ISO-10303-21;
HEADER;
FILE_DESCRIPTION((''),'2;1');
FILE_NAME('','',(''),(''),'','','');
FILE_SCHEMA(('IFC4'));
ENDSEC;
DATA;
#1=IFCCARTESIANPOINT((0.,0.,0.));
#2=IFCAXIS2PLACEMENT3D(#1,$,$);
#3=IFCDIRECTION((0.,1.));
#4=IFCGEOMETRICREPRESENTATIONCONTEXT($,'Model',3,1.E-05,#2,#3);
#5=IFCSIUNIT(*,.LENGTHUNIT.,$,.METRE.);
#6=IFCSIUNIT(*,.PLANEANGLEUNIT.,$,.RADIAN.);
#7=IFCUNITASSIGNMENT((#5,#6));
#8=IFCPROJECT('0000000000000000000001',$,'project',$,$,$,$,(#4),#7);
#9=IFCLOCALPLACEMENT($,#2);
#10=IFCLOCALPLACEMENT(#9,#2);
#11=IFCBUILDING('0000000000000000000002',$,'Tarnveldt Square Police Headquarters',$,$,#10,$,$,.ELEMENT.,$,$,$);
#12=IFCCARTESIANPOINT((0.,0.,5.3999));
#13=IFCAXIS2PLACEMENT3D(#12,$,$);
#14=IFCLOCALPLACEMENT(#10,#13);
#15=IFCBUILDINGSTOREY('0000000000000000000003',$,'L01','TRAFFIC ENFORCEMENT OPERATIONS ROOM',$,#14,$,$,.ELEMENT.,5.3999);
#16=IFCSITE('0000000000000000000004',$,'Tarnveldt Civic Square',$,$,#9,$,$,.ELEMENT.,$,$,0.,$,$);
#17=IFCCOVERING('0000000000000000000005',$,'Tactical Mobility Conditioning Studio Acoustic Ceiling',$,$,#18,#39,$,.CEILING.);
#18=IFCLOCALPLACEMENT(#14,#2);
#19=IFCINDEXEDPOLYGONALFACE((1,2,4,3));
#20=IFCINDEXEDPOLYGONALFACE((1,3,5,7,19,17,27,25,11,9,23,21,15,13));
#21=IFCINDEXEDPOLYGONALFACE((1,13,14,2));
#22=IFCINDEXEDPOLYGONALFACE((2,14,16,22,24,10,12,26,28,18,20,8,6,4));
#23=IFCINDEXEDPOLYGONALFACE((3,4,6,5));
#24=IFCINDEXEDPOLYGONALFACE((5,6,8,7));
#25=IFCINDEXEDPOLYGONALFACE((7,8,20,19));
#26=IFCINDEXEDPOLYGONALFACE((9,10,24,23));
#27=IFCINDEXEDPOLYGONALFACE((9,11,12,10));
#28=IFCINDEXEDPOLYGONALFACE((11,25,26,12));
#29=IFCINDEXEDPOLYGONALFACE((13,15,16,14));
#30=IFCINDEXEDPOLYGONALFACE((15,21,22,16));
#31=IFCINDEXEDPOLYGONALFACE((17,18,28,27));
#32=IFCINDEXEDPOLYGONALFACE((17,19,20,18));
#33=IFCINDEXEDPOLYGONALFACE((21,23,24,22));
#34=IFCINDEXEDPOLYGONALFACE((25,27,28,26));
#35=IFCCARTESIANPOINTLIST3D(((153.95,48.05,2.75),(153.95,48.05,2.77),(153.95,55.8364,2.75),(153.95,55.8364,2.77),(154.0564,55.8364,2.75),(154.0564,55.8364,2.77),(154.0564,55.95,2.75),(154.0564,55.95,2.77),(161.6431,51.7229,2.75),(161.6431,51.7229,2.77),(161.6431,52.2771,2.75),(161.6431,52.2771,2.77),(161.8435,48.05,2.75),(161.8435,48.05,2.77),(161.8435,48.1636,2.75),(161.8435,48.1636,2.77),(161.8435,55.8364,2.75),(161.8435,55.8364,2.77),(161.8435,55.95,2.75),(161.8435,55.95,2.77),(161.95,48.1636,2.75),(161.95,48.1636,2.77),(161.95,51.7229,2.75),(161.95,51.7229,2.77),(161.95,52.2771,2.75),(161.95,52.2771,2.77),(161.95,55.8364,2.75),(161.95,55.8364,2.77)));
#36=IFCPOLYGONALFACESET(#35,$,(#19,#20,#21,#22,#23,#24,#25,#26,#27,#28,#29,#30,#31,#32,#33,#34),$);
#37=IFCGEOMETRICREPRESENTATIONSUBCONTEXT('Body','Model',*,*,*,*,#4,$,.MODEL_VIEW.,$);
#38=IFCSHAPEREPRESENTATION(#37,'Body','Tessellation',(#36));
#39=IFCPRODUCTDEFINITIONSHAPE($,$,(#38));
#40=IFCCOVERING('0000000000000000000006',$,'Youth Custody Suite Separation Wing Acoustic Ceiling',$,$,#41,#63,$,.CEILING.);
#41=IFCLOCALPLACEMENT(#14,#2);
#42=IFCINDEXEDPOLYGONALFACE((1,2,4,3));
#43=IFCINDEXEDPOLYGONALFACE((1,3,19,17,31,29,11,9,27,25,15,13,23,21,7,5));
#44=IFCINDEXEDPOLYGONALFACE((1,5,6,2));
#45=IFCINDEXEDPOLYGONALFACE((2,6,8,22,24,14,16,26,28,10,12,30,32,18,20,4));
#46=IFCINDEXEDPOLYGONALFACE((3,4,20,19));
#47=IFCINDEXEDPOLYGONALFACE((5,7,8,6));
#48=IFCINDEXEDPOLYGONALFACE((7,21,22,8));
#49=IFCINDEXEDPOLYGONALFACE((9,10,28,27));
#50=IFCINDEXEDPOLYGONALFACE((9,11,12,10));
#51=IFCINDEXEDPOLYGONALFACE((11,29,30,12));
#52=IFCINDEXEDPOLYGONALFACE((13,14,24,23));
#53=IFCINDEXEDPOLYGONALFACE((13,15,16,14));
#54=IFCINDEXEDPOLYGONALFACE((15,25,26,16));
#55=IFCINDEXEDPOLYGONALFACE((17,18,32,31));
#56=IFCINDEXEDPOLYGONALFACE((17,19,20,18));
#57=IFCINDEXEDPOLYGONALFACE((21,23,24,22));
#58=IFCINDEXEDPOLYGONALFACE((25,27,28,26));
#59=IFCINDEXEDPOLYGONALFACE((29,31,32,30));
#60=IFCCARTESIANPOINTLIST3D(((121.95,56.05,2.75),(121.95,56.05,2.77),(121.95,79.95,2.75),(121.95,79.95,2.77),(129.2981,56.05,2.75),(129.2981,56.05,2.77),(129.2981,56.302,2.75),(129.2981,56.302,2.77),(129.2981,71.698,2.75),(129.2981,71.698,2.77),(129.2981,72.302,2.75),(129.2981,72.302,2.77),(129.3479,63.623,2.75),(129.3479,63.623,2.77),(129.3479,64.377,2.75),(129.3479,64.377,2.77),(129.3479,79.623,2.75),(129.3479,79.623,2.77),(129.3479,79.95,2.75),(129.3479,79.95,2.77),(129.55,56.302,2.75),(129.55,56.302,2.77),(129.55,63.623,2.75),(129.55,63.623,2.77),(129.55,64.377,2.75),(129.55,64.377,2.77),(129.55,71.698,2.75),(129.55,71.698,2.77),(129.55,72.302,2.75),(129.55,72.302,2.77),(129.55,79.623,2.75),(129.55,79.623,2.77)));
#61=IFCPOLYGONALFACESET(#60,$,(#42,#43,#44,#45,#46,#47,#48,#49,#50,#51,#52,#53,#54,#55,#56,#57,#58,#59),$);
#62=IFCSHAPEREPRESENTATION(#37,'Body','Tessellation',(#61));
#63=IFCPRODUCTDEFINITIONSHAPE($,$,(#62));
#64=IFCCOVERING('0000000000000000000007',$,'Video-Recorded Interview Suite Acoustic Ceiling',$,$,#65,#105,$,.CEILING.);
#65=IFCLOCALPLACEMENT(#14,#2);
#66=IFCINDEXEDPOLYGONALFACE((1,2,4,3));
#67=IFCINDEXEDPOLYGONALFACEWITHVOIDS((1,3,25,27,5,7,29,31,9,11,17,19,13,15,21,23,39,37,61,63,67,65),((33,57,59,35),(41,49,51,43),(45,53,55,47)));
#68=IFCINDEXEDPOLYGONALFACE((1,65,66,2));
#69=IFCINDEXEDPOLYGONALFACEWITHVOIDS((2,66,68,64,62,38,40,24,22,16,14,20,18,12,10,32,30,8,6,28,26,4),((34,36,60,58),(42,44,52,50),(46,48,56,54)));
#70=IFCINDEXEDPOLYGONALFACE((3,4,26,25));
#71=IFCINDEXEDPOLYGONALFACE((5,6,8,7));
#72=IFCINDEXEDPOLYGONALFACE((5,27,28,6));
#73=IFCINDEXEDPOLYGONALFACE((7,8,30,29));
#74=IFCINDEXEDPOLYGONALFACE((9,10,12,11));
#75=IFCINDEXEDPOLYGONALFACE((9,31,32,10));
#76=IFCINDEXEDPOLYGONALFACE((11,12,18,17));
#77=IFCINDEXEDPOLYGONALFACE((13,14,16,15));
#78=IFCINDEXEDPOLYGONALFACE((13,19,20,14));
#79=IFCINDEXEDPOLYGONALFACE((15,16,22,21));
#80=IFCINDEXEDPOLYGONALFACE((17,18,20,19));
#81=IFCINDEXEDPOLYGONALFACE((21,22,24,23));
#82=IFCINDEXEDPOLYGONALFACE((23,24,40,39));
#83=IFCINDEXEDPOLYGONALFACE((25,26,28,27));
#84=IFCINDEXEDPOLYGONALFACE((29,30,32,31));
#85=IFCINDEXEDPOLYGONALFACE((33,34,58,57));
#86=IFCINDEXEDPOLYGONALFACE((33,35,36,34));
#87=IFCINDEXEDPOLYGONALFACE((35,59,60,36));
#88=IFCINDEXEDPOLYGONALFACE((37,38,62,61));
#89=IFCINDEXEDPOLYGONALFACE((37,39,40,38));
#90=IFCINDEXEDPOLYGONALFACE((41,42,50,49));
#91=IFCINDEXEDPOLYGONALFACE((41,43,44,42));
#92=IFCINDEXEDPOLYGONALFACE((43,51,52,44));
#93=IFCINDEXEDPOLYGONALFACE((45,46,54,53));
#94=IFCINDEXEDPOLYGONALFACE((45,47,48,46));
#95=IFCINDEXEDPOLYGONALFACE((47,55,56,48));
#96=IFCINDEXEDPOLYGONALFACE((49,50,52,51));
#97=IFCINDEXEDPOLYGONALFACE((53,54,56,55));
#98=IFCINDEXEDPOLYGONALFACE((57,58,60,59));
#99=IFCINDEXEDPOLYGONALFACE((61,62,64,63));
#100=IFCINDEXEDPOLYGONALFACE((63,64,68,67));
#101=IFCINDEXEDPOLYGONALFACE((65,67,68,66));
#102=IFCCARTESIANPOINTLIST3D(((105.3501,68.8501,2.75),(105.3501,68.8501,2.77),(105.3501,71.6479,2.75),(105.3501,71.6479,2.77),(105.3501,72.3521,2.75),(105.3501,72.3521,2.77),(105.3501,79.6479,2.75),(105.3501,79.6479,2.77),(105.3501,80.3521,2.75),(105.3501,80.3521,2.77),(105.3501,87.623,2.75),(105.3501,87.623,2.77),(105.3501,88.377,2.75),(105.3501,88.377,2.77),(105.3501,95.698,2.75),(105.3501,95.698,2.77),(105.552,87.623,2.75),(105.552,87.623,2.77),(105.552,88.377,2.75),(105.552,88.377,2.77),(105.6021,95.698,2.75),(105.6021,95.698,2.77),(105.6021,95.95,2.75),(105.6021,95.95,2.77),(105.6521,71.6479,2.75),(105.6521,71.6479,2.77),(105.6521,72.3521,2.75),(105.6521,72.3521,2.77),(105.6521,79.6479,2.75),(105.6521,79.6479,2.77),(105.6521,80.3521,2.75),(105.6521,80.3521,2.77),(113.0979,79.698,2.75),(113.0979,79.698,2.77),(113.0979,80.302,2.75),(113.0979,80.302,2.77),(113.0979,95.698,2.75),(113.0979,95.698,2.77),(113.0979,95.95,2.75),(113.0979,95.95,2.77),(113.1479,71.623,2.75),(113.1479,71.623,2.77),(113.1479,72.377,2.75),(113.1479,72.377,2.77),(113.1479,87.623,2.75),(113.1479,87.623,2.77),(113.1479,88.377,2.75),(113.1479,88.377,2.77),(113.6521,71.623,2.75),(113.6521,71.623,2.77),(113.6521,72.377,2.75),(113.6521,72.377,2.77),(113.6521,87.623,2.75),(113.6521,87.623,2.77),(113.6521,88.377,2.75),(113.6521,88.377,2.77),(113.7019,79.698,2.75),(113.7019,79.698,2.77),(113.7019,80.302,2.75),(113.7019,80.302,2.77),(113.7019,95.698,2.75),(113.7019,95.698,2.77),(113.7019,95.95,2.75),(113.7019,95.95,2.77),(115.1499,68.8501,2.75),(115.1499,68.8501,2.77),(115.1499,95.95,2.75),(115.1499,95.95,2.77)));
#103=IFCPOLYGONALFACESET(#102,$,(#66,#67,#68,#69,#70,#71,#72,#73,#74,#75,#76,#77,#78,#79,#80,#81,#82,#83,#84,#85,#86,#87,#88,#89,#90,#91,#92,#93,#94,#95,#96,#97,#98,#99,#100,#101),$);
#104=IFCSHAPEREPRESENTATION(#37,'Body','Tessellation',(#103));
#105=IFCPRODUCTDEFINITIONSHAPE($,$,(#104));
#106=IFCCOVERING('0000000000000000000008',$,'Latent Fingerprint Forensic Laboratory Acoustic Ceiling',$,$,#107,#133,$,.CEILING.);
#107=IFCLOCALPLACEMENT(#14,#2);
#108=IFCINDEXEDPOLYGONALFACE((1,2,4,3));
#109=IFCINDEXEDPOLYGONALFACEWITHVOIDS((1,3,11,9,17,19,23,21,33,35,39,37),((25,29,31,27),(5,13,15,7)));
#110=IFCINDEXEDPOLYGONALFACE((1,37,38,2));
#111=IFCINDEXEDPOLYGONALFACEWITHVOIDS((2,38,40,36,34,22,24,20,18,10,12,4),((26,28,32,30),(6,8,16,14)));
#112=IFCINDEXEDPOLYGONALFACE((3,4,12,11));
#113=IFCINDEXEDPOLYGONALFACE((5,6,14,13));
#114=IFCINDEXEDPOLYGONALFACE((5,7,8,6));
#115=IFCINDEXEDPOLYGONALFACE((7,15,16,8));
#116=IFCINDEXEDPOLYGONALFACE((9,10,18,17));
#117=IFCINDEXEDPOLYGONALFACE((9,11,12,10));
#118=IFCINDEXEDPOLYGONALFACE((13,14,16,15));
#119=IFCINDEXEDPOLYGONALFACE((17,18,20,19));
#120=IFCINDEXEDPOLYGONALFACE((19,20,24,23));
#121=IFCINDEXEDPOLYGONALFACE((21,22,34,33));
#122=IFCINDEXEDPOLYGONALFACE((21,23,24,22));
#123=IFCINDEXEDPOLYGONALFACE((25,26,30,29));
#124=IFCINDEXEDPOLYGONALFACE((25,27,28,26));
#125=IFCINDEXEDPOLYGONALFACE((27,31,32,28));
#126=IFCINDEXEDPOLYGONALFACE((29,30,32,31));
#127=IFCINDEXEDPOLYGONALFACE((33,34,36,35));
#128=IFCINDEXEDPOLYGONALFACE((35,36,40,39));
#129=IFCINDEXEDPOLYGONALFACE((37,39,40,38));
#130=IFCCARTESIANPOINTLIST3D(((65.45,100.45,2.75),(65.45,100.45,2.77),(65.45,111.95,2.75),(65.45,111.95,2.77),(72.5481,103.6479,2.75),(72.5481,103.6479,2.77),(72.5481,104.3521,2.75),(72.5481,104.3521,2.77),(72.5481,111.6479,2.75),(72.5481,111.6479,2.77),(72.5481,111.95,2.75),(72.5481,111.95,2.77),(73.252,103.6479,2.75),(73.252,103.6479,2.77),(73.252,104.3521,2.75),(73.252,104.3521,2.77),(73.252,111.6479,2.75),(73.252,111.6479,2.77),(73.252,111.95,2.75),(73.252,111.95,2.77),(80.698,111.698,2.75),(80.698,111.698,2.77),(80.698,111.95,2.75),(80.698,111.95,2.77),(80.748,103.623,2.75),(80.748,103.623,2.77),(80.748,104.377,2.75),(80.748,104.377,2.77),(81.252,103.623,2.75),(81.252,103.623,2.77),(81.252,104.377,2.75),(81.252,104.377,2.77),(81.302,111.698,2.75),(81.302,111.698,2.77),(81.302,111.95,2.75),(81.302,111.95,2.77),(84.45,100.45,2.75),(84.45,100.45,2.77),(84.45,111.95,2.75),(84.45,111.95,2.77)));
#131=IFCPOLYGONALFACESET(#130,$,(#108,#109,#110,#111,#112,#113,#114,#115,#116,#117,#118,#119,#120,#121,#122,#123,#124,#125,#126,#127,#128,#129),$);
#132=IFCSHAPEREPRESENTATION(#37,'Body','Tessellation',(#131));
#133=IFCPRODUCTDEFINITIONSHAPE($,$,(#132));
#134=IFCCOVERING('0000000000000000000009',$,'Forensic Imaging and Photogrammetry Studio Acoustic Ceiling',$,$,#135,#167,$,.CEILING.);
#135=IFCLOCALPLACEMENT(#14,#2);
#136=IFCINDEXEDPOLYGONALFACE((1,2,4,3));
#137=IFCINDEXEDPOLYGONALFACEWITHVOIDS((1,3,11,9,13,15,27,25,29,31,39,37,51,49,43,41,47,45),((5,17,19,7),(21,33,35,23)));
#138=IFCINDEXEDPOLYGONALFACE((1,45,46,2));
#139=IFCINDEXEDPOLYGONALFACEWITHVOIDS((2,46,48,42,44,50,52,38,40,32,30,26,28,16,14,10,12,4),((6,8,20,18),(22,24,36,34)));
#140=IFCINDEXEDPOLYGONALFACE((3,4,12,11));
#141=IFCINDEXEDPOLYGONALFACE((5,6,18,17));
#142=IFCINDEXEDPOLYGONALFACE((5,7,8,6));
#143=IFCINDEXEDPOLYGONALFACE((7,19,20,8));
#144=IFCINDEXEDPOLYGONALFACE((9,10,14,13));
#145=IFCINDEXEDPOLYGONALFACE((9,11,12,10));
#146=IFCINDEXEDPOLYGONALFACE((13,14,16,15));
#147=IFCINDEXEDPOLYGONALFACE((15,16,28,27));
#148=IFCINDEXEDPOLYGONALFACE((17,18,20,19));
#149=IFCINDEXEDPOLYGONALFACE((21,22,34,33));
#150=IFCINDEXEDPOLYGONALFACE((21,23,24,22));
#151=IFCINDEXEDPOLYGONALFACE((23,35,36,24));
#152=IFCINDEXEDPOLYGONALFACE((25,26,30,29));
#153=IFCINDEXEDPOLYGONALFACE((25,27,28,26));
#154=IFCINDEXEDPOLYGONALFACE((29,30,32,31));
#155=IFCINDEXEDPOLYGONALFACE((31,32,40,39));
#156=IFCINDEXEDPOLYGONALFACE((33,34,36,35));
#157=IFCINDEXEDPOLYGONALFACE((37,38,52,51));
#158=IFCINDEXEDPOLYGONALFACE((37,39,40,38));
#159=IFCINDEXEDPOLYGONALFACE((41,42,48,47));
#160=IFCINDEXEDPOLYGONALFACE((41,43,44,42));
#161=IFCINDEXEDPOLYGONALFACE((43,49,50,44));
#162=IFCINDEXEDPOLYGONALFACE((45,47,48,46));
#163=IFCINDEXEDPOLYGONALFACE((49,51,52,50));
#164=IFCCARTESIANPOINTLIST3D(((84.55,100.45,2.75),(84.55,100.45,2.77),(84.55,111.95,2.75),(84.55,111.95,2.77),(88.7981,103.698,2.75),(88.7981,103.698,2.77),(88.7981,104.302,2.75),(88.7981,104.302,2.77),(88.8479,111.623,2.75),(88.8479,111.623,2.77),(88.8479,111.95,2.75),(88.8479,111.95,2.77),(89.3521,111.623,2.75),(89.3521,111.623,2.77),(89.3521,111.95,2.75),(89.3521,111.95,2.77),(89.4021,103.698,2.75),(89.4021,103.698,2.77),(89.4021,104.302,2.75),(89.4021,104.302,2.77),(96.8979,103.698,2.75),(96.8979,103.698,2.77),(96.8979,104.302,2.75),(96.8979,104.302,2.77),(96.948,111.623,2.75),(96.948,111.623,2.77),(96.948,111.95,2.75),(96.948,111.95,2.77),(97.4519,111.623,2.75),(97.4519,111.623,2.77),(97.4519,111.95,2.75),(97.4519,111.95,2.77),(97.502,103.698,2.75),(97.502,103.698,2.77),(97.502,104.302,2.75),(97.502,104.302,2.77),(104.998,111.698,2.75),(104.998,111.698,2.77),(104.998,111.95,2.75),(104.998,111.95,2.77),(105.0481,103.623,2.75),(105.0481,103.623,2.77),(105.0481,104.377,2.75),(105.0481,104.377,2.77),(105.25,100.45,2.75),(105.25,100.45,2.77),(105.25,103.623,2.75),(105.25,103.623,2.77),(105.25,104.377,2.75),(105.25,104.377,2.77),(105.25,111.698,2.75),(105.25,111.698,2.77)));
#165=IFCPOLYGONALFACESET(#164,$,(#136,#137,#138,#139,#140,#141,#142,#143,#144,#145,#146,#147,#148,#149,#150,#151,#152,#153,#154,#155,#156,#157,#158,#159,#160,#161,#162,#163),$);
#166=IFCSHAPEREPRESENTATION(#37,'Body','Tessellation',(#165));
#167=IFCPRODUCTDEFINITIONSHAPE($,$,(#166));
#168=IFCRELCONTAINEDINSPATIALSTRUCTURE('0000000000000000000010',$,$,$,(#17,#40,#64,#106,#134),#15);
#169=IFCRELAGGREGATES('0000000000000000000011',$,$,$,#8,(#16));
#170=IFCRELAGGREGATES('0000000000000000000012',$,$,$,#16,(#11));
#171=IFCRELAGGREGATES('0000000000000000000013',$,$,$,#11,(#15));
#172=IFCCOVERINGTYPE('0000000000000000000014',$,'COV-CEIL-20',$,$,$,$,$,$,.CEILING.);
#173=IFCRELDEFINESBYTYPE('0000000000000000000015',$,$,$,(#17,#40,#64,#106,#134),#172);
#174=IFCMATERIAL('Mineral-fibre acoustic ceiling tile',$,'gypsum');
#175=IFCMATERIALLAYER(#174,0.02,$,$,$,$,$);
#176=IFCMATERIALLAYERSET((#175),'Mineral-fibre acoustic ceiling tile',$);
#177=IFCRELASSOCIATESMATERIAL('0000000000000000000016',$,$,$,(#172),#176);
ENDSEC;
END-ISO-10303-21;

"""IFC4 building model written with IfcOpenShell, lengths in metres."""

from ifc_helpers import new_model, si_unit, direction, frame, origin, place, context, subcontext, project, spatial, polyline, outline, extrude, material, layer, layer_set, type_object, element, save


model = new_model("IFC4")

# Units and contexts
model_context = context("Model", 3, precision=1e-05, world=origin(), true_north=direction((0.0, 1.0)))
body_context = subcontext(model_context, "Body", "Model", "MODEL_VIEW")
ifc_project = project(units=[si_unit("LENGTHUNIT", "METRE"), si_unit("PLANEANGLEUNIT", "RADIAN")], contexts=[model_context])

# Site, building, storey
site_placement = place(None, origin())
site = spatial("IfcSite", under=ifc_project, at=site_placement, Name="Tarnveldt Civic Square", CompositionType="ELEMENT", RefElevation=0.0)
building_placement = place(site_placement, origin())
building = spatial("IfcBuilding", under=site, at=building_placement, Name="Tarnveldt Square Police Headquarters", CompositionType="ELEMENT")
storey_placement = place(building_placement, frame((0.0, 0.0, 5.3999)))
storey = spatial("IfcBuildingStorey", under=building, at=storey_placement, Name="L01", Description="TRAFFIC ENFORCEMENT OPERATIONS ROOM", CompositionType="ELEMENT", Elevation=5.3999)

# Coverings
ifc_material_1 = material(Name="Mineral-fibre acoustic ceiling tile", Category="gypsum")
ifc_layer_1 = layer(ifc_material_1, 0.02)
ifc_layer_set_1 = layer_set([ifc_layer_1], Name="Mineral-fibre acoustic ceiling tile")
covering_type_1 = type_object("IfcCoveringType", Name="COV-CEIL-20", PredefinedType="CEILING", material=ifc_layer_set_1)
covering_1_placement = place(storey_placement, frame((0.0, 0.0, 2.75)))
element("IfcCovering", 1, at=covering_1_placement, inside=storey, type_object=covering_type_1, Name="Tactical Mobility Conditioning Studio Acoustic Ceiling", PredefinedType="CEILING", context=body_context, shape_type="SweptSolid", body=[
    extrude(outline(polyline([(161.95, 48.1636), (161.8435, 48.1636), (161.8435, 48.05), (153.95, 48.05), (153.95, 55.8364), (154.0564, 55.8364), (154.0564, 55.95), (161.8435, 55.95), (161.8435, 55.8364), (161.95, 55.8364), (161.95, 52.2771), (161.6431, 52.2771), (161.6431, 51.7229), (161.95, 51.7229), (161.95, 48.1636)])), origin(), (0.0, 0.0, 1.0), 0.02),
])
covering_2_placement = place(storey_placement, frame((0.0, 0.0, 2.75)))
element("IfcCovering", 2, at=covering_2_placement, inside=storey, type_object=covering_type_1, Name="Youth Custody Suite Separation Wing Acoustic Ceiling", PredefinedType="CEILING", context=body_context, shape_type="SweptSolid", body=[
    extrude(outline(polyline([(129.55, 56.302), (129.2981, 56.302), (129.2981, 56.05), (121.95, 56.05), (121.95, 79.95), (129.3479, 79.95), (129.3479, 79.623), (129.55, 79.623), (129.55, 72.302), (129.2981, 72.302), (129.2981, 71.698), (129.55, 71.698), (129.55, 64.377), (129.3479, 64.377), (129.3479, 63.623), (129.55, 63.623), (129.55, 56.302)])), origin(), (0.0, 0.0, 1.0), 0.02),
])
covering_3_placement = place(storey_placement, frame((0.0, 0.0, 2.75)))
element("IfcCovering", 3, at=covering_3_placement, inside=storey, type_object=covering_type_1, Name="Video-Recorded Interview Suite Acoustic Ceiling", PredefinedType="CEILING", context=body_context, shape_type="SweptSolid", body=[
    extrude(outline(polyline([(115.1499, 95.95), (115.1499, 68.8501), (105.3501, 68.8501), (105.3501, 71.6479), (105.6521, 71.6479), (105.6521, 72.3521), (105.3501, 72.3521), (105.3501, 79.6479), (105.6521, 79.6479), (105.6521, 80.3521), (105.3501, 80.3521), (105.3501, 87.623), (105.552, 87.623), (105.552, 88.377), (105.3501, 88.377), (105.3501, 95.698), (105.6021, 95.698), (105.6021, 95.95), (113.0979, 95.95), (113.0979, 95.698), (113.7019, 95.698), (113.7019, 95.95), (115.1499, 95.95)]), holes=[polyline([(113.7019, 80.302), (113.0979, 80.302), (113.0979, 79.698), (113.7019, 79.698), (113.7019, 80.302)]), polyline([(113.6521, 88.377), (113.1479, 88.377), (113.1479, 87.623), (113.6521, 87.623), (113.6521, 88.377)]), polyline([(113.6521, 72.377), (113.1479, 72.377), (113.1479, 71.623), (113.6521, 71.623), (113.6521, 72.377)])]), origin(), (0.0, 0.0, 1.0), 0.02),
])
covering_4_placement = place(storey_placement, frame((0.0, 0.0, 2.75)))
element("IfcCovering", 4, at=covering_4_placement, inside=storey, type_object=covering_type_1, Name="Latent Fingerprint Forensic Laboratory Acoustic Ceiling", PredefinedType="CEILING", context=body_context, shape_type="SweptSolid", body=[
    extrude(outline(polyline([(84.45, 111.95), (84.45, 100.45), (65.45, 100.45), (65.45, 111.95), (72.5481, 111.95), (72.5481, 111.6479), (73.252, 111.6479), (73.252, 111.95), (80.698, 111.95), (80.698, 111.698), (81.302, 111.698), (81.302, 111.95), (84.45, 111.95)]), holes=[polyline([(81.252, 104.377), (80.748, 104.377), (80.748, 103.623), (81.252, 103.623), (81.252, 104.377)]), polyline([(72.5481, 104.3521), (72.5481, 103.6479), (73.252, 103.6479), (73.252, 104.3521), (72.5481, 104.3521)])]), origin(), (0.0, 0.0, 1.0), 0.02),
])
covering_5_placement = place(storey_placement, frame((0.0, 0.0, 2.75)))
element("IfcCovering", 5, at=covering_5_placement, inside=storey, type_object=covering_type_1, Name="Forensic Imaging and Photogrammetry Studio Acoustic Ceiling", PredefinedType="CEILING", context=body_context, shape_type="SweptSolid", body=[
    extrude(outline(polyline([(105.25, 100.45), (84.55, 100.45), (84.55, 111.95), (88.8479, 111.95), (88.8479, 111.623), (89.3521, 111.623), (89.3521, 111.95), (96.948, 111.95), (96.948, 111.623), (97.4519, 111.623), (97.4519, 111.95), (104.998, 111.95), (104.998, 111.698), (105.25, 111.698), (105.25, 104.377), (105.0481, 104.377), (105.0481, 103.623), (105.25, 103.623), (105.25, 100.45)]), holes=[polyline([(96.8979, 104.302), (96.8979, 103.698), (97.502, 103.698), (97.502, 104.302), (96.8979, 104.302)]), polyline([(89.4021, 104.302), (88.7981, 104.302), (88.7981, 103.698), (89.4021, 103.698), (89.4021, 104.302)])]), origin(), (0.0, 0.0, 1.0), 0.02),
])

save(model, "model.ifc")
